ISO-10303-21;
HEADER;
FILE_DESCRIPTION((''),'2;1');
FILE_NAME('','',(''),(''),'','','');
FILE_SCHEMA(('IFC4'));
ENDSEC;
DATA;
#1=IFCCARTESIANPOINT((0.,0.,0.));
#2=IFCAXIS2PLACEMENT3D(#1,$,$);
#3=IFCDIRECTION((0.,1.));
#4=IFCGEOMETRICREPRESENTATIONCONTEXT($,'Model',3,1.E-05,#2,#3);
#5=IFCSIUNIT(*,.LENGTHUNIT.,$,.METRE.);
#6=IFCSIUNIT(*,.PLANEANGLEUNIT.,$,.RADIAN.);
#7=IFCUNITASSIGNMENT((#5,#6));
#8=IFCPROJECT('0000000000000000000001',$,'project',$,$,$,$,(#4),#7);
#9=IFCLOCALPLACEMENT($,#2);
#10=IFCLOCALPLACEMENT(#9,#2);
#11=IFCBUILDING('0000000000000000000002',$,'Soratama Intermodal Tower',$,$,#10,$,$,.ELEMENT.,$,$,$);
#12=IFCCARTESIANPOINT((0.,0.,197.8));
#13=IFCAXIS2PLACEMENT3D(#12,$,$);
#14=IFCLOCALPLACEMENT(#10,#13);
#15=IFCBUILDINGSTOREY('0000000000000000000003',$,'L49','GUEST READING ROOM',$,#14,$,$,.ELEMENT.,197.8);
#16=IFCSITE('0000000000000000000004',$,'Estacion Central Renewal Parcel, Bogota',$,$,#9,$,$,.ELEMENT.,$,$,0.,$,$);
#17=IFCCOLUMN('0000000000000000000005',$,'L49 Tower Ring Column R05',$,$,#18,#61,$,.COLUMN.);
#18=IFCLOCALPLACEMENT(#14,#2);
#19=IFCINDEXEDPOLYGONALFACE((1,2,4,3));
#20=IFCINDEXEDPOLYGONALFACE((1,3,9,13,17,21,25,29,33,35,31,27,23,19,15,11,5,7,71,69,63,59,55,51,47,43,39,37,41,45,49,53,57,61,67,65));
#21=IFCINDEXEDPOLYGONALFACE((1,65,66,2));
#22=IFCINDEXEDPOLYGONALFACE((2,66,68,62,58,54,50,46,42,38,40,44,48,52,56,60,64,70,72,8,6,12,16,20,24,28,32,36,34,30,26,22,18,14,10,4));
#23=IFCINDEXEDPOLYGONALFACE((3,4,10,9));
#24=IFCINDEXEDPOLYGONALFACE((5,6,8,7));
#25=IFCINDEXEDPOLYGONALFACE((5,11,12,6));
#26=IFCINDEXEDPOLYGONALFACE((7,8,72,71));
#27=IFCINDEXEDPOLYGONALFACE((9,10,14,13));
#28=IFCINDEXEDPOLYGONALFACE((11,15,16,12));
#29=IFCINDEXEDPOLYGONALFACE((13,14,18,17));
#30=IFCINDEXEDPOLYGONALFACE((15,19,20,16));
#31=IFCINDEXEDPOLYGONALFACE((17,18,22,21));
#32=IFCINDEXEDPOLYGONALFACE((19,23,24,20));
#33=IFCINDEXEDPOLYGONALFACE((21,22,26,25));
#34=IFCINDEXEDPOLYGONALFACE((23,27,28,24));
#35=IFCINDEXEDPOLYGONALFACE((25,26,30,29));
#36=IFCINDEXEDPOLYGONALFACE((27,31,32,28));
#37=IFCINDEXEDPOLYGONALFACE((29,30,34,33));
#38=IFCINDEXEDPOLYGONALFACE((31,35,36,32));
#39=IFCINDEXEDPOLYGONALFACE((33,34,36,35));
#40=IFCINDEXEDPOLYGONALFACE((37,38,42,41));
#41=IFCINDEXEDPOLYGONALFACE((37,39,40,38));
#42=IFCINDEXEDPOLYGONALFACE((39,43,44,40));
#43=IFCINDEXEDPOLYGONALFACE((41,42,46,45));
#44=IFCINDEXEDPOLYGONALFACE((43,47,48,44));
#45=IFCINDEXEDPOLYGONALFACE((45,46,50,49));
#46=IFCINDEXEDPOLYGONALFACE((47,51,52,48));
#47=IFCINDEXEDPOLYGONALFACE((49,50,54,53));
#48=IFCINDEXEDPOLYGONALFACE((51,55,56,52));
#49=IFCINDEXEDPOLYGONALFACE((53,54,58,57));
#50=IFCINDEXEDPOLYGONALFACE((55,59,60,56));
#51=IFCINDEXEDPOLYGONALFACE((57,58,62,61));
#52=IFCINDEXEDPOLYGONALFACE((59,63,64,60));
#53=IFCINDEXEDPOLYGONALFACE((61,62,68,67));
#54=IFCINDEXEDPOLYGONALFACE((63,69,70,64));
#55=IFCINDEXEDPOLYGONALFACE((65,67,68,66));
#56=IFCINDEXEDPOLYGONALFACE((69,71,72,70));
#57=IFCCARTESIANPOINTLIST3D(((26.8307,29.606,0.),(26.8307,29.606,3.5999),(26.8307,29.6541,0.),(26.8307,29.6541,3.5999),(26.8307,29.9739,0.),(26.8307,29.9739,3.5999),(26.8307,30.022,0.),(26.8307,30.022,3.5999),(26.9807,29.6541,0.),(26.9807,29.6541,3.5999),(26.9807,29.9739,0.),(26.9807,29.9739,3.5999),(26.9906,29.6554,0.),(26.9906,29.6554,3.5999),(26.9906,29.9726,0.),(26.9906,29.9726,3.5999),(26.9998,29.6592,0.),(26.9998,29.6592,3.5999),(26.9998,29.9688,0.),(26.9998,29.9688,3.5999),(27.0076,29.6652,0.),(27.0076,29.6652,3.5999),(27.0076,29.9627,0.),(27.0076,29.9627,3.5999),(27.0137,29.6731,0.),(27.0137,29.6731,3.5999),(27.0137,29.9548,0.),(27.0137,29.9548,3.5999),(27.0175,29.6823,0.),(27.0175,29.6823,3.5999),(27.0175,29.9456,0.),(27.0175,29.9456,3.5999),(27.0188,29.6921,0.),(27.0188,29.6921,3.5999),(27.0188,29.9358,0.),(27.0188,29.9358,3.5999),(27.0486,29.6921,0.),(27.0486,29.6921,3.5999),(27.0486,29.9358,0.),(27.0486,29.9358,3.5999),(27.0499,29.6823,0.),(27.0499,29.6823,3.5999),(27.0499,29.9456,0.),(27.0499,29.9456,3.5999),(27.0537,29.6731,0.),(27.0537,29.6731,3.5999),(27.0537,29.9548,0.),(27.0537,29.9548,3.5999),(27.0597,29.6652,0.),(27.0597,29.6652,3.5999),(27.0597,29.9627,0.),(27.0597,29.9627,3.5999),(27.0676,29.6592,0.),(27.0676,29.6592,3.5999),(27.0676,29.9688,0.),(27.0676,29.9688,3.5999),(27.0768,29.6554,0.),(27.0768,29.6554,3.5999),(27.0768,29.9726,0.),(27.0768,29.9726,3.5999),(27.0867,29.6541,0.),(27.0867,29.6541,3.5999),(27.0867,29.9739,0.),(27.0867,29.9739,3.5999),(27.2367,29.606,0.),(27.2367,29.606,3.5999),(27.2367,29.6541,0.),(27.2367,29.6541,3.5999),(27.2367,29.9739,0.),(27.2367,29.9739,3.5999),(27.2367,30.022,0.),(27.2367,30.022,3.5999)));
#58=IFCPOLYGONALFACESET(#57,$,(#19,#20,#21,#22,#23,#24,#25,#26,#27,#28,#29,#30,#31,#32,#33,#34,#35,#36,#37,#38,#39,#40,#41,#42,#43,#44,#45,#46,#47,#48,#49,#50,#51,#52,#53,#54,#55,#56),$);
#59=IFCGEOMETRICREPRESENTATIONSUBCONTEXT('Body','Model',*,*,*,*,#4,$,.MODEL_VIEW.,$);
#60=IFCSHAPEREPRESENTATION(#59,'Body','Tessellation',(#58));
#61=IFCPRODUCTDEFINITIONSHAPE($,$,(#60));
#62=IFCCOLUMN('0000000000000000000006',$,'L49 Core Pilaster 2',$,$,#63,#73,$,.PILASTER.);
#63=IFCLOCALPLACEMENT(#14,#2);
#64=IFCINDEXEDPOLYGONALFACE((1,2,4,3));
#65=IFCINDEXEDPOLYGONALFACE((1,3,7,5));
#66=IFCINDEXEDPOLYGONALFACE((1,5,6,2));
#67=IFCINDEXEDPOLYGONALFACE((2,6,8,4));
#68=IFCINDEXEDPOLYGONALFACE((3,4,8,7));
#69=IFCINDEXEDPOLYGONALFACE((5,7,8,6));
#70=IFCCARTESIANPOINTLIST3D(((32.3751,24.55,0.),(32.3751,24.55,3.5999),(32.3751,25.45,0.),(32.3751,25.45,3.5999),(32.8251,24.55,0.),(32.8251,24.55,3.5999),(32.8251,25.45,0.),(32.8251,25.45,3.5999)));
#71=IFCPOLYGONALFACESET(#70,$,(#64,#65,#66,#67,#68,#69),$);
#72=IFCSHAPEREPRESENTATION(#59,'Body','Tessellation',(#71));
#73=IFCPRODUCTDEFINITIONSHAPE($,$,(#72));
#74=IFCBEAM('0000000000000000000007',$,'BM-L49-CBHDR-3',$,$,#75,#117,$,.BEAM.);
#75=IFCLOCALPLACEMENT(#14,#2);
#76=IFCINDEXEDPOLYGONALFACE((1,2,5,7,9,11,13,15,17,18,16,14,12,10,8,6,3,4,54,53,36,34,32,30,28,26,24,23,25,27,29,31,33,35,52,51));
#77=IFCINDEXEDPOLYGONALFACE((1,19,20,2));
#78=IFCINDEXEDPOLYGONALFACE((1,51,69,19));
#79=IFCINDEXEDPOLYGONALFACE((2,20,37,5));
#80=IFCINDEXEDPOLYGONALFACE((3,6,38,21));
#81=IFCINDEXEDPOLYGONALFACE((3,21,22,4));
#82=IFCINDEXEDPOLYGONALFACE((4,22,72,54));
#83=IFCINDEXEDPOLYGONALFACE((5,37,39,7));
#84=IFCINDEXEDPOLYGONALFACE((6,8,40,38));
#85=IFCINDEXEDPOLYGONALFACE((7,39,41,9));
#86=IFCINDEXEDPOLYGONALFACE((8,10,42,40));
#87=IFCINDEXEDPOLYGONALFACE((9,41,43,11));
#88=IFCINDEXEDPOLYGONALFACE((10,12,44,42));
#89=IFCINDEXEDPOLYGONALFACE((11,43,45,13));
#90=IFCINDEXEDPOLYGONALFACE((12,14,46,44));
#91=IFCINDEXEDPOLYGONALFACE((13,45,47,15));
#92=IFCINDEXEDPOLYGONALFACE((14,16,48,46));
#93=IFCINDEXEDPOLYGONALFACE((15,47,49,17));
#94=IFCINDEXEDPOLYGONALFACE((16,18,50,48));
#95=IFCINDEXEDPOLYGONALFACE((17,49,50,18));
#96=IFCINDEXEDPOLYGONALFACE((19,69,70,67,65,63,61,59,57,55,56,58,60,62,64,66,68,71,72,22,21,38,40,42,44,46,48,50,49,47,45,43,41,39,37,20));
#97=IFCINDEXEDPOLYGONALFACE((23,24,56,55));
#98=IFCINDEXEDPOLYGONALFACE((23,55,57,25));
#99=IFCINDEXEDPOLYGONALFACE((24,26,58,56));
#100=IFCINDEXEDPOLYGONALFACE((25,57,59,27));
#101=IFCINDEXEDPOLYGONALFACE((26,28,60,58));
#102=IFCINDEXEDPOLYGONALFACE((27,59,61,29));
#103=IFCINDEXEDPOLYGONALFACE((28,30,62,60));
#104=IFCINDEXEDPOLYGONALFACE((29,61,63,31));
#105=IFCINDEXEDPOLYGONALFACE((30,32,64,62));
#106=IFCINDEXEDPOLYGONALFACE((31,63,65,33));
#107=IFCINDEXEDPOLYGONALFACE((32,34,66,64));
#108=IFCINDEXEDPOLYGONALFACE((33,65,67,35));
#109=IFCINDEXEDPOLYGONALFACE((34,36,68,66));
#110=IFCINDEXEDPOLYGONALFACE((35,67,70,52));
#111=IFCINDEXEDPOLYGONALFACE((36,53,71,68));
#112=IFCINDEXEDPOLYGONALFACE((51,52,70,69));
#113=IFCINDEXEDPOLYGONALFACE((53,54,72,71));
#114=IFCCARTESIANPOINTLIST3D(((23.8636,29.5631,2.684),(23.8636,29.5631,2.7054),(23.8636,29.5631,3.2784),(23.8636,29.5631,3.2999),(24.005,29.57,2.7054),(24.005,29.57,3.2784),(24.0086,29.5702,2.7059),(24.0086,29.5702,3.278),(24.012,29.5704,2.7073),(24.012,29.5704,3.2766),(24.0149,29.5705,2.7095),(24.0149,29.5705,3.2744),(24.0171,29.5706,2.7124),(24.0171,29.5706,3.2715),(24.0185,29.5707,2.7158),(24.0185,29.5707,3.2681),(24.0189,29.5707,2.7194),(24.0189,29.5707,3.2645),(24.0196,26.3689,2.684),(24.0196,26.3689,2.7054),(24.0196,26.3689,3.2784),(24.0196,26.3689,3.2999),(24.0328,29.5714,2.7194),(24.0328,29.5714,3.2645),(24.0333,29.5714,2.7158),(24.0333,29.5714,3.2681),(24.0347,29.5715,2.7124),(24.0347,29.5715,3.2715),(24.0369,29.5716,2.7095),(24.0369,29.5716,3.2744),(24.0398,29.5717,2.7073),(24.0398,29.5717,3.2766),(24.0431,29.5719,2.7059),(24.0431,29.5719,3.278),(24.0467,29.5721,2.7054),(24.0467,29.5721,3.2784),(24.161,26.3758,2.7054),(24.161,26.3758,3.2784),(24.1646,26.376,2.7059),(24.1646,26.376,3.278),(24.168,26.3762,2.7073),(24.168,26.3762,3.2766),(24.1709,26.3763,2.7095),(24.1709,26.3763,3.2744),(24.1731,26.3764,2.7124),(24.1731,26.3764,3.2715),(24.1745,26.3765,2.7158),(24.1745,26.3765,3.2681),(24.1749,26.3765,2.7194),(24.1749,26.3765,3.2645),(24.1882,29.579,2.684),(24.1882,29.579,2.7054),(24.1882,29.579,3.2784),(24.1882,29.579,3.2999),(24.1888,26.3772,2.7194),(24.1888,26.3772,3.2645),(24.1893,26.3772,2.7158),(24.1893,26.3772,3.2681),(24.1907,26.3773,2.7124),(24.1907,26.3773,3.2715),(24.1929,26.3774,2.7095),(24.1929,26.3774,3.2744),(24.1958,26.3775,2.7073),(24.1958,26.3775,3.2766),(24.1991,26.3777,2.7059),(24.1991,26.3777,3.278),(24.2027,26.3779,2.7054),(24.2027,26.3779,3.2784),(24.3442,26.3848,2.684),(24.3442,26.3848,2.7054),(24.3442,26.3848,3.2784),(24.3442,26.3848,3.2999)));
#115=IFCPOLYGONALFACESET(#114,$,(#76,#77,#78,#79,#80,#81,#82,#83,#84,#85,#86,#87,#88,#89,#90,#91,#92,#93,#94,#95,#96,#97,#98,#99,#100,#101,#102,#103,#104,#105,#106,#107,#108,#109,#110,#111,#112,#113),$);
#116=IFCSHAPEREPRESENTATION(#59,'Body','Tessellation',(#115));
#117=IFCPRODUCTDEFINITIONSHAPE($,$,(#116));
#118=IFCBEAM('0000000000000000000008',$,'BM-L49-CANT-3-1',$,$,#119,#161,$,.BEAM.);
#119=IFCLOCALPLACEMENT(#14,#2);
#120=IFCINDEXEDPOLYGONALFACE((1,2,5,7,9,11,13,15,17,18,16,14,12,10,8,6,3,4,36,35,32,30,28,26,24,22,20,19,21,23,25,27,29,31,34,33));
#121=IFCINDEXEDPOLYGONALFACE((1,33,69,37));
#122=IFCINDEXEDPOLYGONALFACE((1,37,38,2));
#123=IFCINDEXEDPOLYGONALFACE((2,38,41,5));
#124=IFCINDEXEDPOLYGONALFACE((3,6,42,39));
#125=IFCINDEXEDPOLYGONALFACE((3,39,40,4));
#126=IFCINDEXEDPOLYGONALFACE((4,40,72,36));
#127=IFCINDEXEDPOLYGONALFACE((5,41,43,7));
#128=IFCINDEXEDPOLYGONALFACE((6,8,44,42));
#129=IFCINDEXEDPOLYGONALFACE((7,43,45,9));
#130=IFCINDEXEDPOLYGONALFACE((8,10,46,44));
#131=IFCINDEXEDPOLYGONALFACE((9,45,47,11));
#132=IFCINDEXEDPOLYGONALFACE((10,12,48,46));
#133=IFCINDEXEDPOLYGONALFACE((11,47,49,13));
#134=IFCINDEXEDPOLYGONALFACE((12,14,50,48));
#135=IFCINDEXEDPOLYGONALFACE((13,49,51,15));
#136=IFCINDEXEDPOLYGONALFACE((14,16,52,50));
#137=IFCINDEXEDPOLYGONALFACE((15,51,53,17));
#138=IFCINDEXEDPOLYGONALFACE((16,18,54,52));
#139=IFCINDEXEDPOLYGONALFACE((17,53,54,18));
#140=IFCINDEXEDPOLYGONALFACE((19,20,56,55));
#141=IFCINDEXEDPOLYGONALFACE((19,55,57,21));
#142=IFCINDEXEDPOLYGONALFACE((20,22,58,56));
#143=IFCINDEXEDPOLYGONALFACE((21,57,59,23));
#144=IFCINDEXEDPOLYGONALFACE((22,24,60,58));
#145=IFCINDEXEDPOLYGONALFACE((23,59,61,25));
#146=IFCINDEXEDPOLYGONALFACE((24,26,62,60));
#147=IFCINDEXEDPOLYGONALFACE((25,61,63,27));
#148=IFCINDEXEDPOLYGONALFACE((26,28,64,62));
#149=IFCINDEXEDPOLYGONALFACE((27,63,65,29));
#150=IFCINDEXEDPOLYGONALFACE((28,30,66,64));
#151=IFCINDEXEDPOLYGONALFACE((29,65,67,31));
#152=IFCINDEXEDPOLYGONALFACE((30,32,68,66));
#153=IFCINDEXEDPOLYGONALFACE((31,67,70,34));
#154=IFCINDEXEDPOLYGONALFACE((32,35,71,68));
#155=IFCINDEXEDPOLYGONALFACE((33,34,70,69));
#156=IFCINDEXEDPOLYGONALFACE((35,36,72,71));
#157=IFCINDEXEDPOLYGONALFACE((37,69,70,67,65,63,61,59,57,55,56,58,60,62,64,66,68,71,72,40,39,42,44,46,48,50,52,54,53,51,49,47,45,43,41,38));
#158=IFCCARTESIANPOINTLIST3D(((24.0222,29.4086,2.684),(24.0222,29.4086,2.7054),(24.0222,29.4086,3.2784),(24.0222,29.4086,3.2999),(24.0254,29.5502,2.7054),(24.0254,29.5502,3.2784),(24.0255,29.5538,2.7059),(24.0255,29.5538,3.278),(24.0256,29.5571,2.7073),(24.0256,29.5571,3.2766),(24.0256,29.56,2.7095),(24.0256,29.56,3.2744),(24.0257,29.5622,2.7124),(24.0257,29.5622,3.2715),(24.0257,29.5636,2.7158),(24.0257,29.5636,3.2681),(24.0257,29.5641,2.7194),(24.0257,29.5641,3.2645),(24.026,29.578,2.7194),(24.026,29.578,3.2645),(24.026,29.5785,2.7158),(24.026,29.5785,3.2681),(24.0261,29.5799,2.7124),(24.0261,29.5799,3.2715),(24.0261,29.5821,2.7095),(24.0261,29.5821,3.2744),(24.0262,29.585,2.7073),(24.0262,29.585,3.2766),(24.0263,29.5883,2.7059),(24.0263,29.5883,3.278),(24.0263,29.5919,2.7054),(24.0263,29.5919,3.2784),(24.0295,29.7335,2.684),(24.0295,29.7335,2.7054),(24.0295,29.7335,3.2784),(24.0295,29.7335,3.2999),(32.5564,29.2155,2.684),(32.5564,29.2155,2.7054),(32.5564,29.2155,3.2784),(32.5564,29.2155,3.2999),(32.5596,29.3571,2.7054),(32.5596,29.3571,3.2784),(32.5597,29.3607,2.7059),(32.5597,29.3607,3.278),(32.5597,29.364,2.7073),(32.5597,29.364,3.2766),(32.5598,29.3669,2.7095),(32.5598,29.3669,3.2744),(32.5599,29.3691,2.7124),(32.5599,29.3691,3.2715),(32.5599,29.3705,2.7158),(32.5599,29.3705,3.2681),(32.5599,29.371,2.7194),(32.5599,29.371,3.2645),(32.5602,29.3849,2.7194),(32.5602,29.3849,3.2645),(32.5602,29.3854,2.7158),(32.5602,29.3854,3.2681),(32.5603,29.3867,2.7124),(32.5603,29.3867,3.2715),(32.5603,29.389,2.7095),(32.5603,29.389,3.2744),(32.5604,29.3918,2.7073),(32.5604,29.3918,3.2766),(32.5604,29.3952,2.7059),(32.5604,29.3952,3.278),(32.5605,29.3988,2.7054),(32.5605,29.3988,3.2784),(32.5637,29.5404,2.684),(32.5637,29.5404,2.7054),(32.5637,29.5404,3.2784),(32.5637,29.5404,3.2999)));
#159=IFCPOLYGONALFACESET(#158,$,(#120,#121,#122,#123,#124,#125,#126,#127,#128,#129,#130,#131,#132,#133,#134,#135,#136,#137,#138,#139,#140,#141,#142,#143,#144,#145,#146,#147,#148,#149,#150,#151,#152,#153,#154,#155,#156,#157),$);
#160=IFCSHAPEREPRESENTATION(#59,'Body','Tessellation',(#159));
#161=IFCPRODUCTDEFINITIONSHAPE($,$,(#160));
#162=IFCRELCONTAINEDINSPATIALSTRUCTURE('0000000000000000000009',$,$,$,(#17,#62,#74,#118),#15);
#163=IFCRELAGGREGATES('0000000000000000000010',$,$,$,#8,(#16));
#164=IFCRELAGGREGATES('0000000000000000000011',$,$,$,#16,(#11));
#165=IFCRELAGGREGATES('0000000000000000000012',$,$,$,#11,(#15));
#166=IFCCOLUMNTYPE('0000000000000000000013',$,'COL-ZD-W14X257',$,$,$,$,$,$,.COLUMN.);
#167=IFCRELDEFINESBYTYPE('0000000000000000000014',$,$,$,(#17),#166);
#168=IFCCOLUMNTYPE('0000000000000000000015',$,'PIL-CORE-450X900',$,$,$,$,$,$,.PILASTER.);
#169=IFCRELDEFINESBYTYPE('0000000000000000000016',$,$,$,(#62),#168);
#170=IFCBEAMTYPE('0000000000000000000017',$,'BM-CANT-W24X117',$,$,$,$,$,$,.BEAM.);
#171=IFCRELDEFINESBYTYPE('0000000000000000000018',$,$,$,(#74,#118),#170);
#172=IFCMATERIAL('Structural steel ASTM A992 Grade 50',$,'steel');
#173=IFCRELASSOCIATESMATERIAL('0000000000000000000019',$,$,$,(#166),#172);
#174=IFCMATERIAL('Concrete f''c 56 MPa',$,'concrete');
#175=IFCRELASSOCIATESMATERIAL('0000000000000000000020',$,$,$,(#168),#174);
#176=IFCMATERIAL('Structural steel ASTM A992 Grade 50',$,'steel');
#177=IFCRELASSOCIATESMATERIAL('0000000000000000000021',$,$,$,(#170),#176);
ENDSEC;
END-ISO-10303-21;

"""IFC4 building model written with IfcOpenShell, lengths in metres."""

from ifc_helpers import new_model, si_unit, direction, frame, origin, origin_2d, place, context, subcontext, project, spatial, rectangle, i_section, extrude, material, material_profile, profile_set, type_object, element, save


model = new_model("IFC4")

# Units and contexts
model_context = context("Model", 3, precision=1e-05, world=origin(), true_north=direction((0.0, 1.0)))
body_context = subcontext(model_context, "Body", "Model", "MODEL_VIEW")
ifc_project = project(units=[si_unit("LENGTHUNIT", "METRE"), si_unit("PLANEANGLEUNIT", "RADIAN")], contexts=[model_context])

# Site, building, storey
site_placement = place(None, origin())
site = spatial("IfcSite", under=ifc_project, at=site_placement, Name="Estacion Central Renewal Parcel, Bogota", CompositionType="ELEMENT", RefElevation=0.0)
building_placement = place(site_placement, origin())
building = spatial("IfcBuilding", under=site, at=building_placement, Name="Soratama Intermodal Tower", CompositionType="ELEMENT")
storey_placement = place(building_placement, frame((0.0, 0.0, 197.8)))
storey = spatial("IfcBuildingStorey", under=building, at=storey_placement, Name="L49", Description="GUEST READING ROOM", CompositionType="ELEMENT", Elevation=197.8)

# Columns
ifc_material_1 = material(Name="Structural steel ASTM A992 Grade 50", Category="steel")
ifc_material_profile_1 = material_profile(ifc_material_1, i_section(OverallWidth=0.406, OverallDepth=0.416, WebThickness=0.0298, FlangeThickness=0.0481, FilletRadius=0.0381, at=origin_2d()), Name="W14X257")
ifc_profile_set_1 = profile_set([ifc_material_profile_1], Name="Structural steel ASTM A992 Grade 50")
column_type_1 = type_object("IfcColumnType", Name="COL-ZD-W14X257", PredefinedType="COLUMN", material=ifc_profile_set_1)
column_1_placement = place(storey_placement, frame((27.0337, 29.814, 0.0), z_axis=(0.0, 0.0, 1.0), x_axis=(1.0, 0.0, 0.0)))
element("IfcColumn", 1, at=column_1_placement, inside=storey, type_object=column_type_1, Name="L49 Tower Ring Column R05", PredefinedType="COLUMN", context=body_context, shape_type="SweptSolid", body=[
    extrude(i_section(OverallWidth=0.406, OverallDepth=0.416, WebThickness=0.0298, FlangeThickness=0.0481, FilletRadius=0.0381, at=origin_2d()), origin(), (0.0, 0.0, 1.0), 3.5999),
])
ifc_material_2 = material(Name="Concrete f'c 56 MPa", Category="concrete")
ifc_material_profile_2 = material_profile(ifc_material_2, rectangle(XDim=0.45, YDim=0.8999, at=origin_2d()), Name="RC450X900")
ifc_profile_set_2 = profile_set([ifc_material_profile_2], Name="Concrete f'c 56 MPa")
column_type_2 = type_object("IfcColumnType", Name="PIL-CORE-450X900", PredefinedType="PILASTER", material=ifc_profile_set_2)
column_2_placement = place(storey_placement, frame((32.6001, 25.0, 0.0), z_axis=(0.0, 0.0, 1.0), x_axis=(1.0, 0.0, 0.0)))
element("IfcColumn", 2, at=column_2_placement, inside=storey, type_object=column_type_2, Name="L49 Core Pilaster 2", PredefinedType="PILASTER", context=body_context, shape_type="SweptSolid", body=[
    extrude(rectangle(XDim=0.45, YDim=0.8999, at=origin_2d()), origin(), (0.0, 0.0, 1.0), 3.5999),
])

# Beams
ifc_material_3 = material(Name="Structural steel ASTM A992 Grade 50", Category="steel")
ifc_material_profile_3 = material_profile(ifc_material_3, i_section(OverallWidth=0.325, OverallDepth=0.616, WebThickness=0.0139, FlangeThickness=0.0215, FilletRadius=0.0139, at=origin_2d()), Name="W24X117")
ifc_profile_set_3 = profile_set([ifc_material_profile_3], Name="Structural steel ASTM A992 Grade 50")
beam_type_1 = type_object("IfcBeamType", Name="BM-CANT-W24X117", PredefinedType="BEAM", material=ifc_profile_set_3)
beam_1_placement = place(storey_placement, frame((24.0259, 29.571, 2.9919), z_axis=(0.048784, -0.998809, 0.0), x_axis=(0.998809, 0.048784, 0.0)))
element("IfcBeam", 3, at=beam_1_placement, inside=storey, type_object=beam_type_1, Name="BM-L49-CBHDR-3", PredefinedType="BEAM", context=body_context, shape_type="SweptSolid", body=[
    extrude(i_section(OverallWidth=0.325, OverallDepth=0.616, WebThickness=0.0139, FlangeThickness=0.0215, FilletRadius=0.0139, at=origin_2d()), origin(), (0.0, 0.0, 1.0), 3.198),
])
beam_2_placement = place(storey_placement, frame((32.5601, 29.3779, 2.9919), z_axis=(-0.999744, 0.022623, 0.0), x_axis=(-0.022623, -0.999744, 0.0)))
element("IfcBeam", 4, at=beam_2_placement, inside=storey, type_object=beam_type_1, Name="BM-L49-CANT-3-1", PredefinedType="BEAM", context=body_context, shape_type="SweptSolid", body=[
    extrude(i_section(OverallWidth=0.325, OverallDepth=0.616, WebThickness=0.0139, FlangeThickness=0.0215, FilletRadius=0.0139, at=origin_2d()), origin(), (0.0, 0.0, 1.0), 8.5364),
])

save(model, "model.ifc")
